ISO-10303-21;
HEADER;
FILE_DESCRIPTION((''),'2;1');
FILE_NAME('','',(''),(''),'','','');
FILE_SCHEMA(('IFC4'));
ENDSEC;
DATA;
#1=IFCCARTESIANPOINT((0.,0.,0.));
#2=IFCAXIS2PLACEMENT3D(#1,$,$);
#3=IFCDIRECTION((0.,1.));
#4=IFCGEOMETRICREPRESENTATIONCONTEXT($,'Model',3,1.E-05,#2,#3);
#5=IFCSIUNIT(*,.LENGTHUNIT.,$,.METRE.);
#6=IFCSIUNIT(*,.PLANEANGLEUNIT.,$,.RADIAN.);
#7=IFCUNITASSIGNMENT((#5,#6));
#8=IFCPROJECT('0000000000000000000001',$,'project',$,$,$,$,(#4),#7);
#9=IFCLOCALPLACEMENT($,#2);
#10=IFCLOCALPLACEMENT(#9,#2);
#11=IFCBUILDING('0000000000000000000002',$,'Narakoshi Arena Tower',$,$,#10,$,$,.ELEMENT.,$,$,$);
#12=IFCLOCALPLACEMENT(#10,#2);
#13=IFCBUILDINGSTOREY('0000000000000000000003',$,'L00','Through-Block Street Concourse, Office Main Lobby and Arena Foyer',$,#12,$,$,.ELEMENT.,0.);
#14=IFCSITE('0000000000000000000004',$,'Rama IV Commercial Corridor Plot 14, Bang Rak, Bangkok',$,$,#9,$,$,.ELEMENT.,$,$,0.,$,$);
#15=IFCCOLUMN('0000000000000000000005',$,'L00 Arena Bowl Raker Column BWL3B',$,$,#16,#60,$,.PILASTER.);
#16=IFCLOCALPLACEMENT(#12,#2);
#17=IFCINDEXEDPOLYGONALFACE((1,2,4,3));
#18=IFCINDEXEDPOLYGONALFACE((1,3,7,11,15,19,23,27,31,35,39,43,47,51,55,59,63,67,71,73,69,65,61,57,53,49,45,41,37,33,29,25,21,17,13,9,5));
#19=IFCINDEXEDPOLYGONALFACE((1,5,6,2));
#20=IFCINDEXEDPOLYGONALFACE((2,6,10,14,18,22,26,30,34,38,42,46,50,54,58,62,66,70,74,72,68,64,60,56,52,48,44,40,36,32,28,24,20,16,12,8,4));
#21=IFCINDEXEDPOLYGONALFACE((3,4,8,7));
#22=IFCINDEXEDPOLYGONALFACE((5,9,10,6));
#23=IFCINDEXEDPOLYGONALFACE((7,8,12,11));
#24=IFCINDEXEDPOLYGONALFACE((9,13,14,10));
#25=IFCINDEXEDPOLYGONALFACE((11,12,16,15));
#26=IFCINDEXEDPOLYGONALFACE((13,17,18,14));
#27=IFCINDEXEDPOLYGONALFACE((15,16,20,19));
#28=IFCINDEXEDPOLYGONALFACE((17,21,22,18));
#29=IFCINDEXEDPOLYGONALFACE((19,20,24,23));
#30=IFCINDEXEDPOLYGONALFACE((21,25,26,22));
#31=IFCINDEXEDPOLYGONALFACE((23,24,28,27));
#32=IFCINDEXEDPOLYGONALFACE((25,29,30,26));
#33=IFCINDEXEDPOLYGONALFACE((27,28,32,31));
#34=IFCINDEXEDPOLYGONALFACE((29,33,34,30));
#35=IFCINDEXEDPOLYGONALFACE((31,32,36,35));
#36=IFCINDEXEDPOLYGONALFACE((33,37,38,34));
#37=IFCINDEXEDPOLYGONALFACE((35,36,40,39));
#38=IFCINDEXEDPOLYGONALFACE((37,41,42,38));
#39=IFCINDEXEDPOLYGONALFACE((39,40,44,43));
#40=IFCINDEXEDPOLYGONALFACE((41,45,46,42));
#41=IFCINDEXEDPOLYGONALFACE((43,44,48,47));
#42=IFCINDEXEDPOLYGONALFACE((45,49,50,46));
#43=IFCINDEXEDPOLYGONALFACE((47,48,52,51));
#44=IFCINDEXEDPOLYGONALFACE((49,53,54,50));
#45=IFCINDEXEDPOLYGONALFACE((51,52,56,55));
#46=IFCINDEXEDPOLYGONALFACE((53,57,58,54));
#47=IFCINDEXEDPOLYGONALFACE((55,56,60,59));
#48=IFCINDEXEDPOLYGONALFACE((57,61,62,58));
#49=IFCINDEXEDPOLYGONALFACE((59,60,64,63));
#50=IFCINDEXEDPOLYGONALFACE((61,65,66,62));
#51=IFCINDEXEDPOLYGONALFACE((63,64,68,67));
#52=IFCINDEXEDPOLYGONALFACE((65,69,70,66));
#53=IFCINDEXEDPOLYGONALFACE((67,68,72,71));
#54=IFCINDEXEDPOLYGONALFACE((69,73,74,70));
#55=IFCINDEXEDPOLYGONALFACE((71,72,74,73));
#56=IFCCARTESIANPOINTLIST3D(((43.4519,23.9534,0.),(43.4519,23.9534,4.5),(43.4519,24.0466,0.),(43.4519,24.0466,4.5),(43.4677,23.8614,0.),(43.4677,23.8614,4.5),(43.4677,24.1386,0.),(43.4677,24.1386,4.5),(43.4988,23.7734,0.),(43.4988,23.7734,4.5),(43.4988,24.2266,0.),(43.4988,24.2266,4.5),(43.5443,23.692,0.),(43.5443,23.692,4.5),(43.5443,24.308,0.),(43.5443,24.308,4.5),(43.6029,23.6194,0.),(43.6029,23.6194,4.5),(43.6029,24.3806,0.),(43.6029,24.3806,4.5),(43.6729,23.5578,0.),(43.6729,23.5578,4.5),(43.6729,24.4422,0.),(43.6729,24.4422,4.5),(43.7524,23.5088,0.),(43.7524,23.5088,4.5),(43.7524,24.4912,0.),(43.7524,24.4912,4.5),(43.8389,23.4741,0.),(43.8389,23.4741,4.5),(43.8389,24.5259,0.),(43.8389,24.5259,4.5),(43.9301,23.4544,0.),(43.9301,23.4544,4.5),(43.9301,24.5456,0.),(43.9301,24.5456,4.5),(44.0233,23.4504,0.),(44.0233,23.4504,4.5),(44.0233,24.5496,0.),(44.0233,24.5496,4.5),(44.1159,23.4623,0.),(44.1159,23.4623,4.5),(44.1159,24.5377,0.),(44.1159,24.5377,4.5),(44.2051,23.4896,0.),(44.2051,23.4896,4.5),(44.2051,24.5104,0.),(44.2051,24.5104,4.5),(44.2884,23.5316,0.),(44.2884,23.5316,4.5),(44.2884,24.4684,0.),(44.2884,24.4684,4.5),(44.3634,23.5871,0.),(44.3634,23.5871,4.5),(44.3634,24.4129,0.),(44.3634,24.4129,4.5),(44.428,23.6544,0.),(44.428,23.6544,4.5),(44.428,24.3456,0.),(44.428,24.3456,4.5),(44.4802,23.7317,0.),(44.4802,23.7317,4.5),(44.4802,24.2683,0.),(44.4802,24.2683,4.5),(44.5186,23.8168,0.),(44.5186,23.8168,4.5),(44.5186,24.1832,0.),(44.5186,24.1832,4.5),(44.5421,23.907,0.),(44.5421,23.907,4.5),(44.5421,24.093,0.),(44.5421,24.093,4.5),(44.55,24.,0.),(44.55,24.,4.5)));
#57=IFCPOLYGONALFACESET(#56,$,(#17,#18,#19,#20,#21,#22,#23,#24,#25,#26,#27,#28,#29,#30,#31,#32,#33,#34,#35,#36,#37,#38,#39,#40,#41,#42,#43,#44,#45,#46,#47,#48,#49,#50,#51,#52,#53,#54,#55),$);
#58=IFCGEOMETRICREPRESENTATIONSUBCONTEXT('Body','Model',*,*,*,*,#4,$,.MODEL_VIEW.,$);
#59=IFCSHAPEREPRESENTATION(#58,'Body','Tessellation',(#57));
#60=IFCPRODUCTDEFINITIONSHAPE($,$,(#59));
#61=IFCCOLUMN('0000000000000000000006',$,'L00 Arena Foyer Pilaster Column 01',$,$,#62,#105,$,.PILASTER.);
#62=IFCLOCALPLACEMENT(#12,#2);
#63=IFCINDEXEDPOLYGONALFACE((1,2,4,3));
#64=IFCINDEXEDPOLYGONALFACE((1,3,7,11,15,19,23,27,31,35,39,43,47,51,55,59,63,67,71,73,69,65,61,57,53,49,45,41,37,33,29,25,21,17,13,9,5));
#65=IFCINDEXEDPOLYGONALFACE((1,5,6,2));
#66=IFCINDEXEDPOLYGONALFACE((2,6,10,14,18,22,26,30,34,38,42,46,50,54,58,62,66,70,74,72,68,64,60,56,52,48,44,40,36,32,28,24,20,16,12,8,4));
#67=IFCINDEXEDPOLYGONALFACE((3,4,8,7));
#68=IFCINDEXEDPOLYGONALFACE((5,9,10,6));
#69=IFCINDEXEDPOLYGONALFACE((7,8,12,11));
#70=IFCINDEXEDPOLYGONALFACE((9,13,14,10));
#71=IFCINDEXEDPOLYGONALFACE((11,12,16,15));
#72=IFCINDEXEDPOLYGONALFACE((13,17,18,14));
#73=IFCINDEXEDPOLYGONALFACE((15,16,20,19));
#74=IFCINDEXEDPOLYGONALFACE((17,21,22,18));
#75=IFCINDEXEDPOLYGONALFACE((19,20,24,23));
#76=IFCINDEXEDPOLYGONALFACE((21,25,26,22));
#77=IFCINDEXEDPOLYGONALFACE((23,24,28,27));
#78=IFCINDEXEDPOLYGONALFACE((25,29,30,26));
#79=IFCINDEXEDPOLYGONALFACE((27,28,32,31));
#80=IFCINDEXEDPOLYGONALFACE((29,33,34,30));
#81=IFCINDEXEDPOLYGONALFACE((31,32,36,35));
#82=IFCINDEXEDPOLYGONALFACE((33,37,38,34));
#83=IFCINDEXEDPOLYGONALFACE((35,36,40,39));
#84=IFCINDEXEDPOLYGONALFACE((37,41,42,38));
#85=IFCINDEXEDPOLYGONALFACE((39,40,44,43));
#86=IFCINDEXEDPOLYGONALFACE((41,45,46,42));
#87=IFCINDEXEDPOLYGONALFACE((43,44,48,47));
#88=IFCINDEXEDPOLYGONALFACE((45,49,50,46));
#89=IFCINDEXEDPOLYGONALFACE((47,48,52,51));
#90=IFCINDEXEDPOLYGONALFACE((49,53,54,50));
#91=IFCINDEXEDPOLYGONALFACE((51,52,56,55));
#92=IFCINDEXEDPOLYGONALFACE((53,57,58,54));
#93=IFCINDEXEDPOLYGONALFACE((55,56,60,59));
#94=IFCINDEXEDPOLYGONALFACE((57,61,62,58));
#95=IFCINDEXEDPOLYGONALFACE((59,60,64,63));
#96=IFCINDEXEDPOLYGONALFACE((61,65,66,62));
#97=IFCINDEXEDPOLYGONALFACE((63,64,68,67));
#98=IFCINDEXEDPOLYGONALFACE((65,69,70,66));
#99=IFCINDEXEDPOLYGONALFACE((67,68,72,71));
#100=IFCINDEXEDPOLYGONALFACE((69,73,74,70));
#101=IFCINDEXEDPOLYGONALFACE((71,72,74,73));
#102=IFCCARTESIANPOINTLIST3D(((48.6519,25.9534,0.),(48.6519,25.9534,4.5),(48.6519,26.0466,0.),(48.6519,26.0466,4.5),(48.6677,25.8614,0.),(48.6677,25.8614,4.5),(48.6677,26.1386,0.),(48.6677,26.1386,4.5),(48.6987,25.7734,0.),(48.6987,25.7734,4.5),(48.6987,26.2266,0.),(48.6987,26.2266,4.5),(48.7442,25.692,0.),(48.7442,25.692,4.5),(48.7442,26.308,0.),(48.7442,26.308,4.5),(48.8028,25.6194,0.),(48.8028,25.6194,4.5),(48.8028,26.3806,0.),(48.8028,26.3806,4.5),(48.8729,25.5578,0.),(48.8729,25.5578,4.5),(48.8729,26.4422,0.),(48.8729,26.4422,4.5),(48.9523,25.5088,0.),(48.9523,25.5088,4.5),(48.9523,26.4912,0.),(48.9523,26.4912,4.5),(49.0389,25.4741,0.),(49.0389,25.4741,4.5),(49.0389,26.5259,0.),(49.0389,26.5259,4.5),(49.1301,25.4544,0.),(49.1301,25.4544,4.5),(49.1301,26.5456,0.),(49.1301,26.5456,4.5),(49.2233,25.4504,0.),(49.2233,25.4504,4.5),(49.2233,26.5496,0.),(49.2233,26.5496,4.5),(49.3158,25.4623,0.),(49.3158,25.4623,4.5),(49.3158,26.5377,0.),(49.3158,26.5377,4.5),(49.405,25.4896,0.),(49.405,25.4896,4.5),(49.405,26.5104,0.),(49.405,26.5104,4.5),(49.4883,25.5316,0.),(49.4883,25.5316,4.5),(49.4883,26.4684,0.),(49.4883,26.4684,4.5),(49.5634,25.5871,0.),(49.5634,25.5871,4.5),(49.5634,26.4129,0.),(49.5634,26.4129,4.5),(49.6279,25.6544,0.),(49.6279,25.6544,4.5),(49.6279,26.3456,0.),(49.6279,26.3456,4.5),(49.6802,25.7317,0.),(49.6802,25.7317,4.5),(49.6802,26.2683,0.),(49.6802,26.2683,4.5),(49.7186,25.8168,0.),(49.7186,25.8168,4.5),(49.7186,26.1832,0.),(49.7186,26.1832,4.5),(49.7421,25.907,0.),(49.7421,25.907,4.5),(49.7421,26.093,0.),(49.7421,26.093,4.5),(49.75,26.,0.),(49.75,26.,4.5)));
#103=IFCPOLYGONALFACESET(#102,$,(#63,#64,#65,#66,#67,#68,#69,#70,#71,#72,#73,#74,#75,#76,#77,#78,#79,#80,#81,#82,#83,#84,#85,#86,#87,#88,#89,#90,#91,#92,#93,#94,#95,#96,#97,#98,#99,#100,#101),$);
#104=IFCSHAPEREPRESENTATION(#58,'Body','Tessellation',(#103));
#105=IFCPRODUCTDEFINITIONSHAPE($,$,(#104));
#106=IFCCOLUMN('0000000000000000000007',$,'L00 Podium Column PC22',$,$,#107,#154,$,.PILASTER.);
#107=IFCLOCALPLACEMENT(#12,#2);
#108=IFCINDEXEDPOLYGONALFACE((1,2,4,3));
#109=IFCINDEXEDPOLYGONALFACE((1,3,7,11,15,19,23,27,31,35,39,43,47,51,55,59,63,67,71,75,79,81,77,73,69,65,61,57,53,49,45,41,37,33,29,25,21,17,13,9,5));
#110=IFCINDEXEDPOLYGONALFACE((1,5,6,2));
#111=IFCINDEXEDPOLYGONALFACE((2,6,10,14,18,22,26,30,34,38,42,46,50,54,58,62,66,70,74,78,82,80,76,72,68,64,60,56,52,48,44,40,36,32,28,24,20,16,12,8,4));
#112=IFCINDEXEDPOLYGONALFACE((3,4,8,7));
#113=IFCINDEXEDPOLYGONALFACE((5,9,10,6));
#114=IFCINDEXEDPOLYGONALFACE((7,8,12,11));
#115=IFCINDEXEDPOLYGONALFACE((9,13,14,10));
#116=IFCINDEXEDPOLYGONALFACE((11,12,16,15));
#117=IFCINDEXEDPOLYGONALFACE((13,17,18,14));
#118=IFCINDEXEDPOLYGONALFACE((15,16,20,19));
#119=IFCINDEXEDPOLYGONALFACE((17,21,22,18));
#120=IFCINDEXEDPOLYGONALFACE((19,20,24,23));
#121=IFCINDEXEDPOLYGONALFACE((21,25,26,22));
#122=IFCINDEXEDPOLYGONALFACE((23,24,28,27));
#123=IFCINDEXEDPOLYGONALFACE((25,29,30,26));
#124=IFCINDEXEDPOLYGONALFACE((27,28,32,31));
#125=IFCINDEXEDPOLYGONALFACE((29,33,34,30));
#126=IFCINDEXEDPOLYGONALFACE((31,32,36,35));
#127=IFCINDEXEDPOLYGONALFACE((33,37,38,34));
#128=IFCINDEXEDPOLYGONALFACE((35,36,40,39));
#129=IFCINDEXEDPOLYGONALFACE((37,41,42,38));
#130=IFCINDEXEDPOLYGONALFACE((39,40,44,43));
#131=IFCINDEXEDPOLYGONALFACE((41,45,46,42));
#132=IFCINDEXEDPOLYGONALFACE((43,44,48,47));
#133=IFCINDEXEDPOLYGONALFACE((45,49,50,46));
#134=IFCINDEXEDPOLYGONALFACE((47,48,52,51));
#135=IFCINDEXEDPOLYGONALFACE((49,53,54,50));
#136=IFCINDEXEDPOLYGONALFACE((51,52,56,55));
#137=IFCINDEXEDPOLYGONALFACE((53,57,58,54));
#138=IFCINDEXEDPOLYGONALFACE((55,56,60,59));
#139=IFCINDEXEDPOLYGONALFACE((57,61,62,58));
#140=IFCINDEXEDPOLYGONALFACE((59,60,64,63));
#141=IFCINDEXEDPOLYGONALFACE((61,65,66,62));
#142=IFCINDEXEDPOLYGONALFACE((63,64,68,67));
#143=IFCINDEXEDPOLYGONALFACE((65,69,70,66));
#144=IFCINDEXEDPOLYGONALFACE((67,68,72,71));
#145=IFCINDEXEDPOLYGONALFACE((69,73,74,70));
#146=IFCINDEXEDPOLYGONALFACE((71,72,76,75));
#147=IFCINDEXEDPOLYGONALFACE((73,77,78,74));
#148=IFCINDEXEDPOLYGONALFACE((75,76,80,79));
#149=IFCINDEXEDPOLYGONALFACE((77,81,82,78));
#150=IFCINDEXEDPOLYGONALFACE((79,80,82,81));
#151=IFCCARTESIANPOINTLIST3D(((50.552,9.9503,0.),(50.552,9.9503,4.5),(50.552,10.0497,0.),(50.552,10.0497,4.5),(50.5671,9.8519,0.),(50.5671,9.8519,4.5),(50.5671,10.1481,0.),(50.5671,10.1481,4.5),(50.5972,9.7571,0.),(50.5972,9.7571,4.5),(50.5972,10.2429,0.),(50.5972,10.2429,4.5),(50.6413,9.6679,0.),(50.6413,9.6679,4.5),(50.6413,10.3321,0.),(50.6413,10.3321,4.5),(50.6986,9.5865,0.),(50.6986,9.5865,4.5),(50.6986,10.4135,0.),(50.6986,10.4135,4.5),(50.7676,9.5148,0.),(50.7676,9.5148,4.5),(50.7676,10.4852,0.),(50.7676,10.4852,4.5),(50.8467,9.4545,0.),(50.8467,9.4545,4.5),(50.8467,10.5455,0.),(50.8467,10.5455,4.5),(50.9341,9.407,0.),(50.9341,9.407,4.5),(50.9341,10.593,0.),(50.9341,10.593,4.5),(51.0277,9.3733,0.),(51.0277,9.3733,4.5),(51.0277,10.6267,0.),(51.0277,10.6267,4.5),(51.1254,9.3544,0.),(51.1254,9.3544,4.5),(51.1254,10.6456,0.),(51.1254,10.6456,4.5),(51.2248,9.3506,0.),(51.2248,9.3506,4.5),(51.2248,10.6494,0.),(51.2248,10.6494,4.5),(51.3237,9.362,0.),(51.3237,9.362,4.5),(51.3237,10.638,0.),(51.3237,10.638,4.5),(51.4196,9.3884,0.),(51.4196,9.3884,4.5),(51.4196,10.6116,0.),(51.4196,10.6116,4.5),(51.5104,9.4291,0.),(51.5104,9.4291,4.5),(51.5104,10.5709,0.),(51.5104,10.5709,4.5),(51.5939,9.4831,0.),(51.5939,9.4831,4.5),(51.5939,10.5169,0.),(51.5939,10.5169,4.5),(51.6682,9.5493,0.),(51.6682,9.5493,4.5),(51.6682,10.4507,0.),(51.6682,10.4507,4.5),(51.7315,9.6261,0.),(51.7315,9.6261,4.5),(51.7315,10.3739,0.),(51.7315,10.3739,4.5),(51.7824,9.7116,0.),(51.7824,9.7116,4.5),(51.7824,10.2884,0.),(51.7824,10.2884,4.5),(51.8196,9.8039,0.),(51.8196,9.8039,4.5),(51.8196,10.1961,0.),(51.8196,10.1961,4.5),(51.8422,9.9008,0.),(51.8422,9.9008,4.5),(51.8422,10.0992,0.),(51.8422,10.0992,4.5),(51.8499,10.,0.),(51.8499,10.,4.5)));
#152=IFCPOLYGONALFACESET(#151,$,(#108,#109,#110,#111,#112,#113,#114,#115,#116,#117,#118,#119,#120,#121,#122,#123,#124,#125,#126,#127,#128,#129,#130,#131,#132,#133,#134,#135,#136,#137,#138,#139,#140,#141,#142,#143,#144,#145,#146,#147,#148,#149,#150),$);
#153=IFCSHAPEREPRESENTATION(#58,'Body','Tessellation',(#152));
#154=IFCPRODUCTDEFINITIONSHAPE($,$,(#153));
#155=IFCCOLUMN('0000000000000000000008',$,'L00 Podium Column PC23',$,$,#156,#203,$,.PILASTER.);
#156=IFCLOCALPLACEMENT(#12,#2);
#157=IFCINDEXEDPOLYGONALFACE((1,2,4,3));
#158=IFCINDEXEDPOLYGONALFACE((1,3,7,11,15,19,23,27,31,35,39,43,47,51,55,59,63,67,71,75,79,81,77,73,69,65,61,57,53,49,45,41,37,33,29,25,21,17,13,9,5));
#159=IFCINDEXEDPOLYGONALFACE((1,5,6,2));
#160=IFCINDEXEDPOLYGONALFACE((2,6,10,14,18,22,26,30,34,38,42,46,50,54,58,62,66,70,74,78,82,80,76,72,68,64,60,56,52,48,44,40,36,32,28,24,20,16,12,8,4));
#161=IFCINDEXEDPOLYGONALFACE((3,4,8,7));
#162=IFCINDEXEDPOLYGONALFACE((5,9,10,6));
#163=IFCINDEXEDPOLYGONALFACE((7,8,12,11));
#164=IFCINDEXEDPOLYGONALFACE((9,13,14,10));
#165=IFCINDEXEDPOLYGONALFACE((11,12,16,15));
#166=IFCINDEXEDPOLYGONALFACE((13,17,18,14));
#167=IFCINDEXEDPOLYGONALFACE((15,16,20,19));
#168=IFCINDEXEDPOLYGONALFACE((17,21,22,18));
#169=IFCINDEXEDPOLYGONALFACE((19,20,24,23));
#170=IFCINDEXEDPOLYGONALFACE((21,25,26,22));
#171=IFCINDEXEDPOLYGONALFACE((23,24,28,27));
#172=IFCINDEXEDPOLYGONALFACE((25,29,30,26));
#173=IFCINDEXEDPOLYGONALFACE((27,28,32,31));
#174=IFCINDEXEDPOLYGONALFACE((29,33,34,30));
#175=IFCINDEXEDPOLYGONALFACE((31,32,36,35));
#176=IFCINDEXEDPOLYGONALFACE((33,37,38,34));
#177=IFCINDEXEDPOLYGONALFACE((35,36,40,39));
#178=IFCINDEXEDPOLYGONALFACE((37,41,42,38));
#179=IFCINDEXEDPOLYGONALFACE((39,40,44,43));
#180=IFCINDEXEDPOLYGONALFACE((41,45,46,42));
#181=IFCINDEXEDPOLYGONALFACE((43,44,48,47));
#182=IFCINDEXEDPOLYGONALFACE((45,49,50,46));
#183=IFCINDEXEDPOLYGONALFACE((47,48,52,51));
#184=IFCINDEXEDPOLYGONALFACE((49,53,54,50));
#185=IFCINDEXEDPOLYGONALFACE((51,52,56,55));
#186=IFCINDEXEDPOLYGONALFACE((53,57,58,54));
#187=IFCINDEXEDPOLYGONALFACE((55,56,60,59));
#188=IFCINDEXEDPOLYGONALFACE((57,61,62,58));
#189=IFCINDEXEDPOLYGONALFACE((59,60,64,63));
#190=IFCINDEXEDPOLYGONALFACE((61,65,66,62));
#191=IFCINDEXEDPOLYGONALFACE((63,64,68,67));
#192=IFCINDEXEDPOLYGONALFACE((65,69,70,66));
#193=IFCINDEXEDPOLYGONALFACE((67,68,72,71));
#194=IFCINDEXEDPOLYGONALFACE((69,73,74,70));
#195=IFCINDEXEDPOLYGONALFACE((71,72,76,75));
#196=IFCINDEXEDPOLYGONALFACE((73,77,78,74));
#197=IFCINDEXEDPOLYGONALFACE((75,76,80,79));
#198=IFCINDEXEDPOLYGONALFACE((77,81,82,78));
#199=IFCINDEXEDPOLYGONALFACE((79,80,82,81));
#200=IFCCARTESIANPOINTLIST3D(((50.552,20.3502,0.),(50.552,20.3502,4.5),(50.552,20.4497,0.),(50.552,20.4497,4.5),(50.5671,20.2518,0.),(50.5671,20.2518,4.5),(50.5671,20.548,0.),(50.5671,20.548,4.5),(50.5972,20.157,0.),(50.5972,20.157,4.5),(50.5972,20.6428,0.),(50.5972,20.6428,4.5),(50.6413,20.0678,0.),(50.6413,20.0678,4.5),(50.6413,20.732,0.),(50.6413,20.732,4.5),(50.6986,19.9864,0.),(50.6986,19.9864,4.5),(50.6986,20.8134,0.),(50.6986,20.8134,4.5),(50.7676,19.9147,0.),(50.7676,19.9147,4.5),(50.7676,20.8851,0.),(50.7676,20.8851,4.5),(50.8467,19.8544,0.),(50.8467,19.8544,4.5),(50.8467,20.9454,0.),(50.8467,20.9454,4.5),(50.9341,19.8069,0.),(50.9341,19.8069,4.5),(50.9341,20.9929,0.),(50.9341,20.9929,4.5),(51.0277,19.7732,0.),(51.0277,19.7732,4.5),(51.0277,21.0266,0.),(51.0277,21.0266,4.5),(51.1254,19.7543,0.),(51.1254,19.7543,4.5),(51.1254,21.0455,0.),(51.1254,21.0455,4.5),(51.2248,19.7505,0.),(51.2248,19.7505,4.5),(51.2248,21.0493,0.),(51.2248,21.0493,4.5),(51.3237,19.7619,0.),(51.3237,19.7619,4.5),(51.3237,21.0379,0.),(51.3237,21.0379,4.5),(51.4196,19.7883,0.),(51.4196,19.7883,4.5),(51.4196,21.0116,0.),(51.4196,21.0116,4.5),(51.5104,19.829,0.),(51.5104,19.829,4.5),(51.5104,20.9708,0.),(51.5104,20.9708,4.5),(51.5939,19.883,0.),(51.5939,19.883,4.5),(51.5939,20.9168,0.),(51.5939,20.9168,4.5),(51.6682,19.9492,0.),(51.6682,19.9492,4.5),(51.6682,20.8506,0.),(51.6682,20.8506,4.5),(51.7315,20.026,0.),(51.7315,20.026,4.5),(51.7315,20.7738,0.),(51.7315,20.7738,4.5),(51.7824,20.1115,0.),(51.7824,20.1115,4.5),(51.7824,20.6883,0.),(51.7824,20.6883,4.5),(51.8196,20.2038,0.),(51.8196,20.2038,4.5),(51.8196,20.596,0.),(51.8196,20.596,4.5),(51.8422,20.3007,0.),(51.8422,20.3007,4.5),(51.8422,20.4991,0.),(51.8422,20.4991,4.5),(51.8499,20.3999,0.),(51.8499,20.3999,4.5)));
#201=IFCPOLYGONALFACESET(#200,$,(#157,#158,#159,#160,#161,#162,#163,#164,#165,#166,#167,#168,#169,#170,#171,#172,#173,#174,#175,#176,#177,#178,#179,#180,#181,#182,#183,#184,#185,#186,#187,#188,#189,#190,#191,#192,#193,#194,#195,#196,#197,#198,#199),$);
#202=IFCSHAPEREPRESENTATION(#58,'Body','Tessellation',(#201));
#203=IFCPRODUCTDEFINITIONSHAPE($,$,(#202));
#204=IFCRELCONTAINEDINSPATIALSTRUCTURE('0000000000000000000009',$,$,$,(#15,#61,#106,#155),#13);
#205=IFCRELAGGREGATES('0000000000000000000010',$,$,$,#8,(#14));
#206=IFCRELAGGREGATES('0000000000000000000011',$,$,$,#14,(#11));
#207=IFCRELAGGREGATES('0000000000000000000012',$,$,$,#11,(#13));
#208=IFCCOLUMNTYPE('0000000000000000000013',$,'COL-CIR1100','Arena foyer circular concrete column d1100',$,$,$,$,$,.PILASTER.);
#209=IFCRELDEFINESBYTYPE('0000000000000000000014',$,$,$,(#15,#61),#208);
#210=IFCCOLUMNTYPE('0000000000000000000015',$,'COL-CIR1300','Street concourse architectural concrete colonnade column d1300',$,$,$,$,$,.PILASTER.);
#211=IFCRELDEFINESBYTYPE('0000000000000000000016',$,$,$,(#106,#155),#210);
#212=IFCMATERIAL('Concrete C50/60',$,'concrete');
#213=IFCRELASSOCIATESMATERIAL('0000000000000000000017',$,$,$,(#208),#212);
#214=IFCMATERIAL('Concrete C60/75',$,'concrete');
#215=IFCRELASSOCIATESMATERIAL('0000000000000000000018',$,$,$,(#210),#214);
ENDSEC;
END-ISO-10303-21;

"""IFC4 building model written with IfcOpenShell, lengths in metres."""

from ifc_helpers import new_model, si_unit, direction, frame, origin, origin_2d, place, context, subcontext, project, spatial, circle, extrude, material, material_profile, profile_set, type_object, element, save


model = new_model("IFC4")

# Units and contexts
model_context = context("Model", 3, precision=1e-05, world=origin(), true_north=direction((0.0, 1.0)))
body_context = subcontext(model_context, "Body", "Model", "MODEL_VIEW")
ifc_project = project(units=[si_unit("LENGTHUNIT", "METRE"), si_unit("PLANEANGLEUNIT", "RADIAN")], contexts=[model_context])

# Site, building, storey
site_placement = place(None, origin())
site = spatial("IfcSite", under=ifc_project, at=site_placement, Name="Rama IV Commercial Corridor Plot 14, Bang Rak, Bangkok", CompositionType="ELEMENT", RefElevation=0.0)
building_placement = place(site_placement, origin())
building = spatial("IfcBuilding", under=site, at=building_placement, Name="Narakoshi Arena Tower", CompositionType="ELEMENT")
storey_placement = place(building_placement, origin())
storey = spatial("IfcBuildingStorey", under=building, at=storey_placement, Name="L00", Description="Through-Block Street Concourse, Office Main Lobby and Arena Foyer", CompositionType="ELEMENT", Elevation=0.0)

# Columns
ifc_material_1 = material(Name="Concrete C50/60", Category="concrete")
ifc_material_profile_1 = material_profile(ifc_material_1, circle(Radius=0.55, at=origin_2d()), Name="RCC1100")
ifc_profile_set_1 = profile_set([ifc_material_profile_1], Name="Concrete C50/60")
column_type_1 = type_object("IfcColumnType", Name="COL-CIR1100", Description="Arena foyer circular concrete column d1100", PredefinedType="PILASTER", material=ifc_profile_set_1)
for number, where, z_axis, x_axis, name in (
    (1, (44.0, 24.0, 0.0), (0.0, 0.0, 1.0), (1.0, 0.0, 0.0), "L00 Arena Bowl Raker Column BWL3B"),
    (2, (49.2, 26.0, 0.0), (0.0, 0.0, 1.0), (1.0, 0.0, 0.0), "L00 Arena Foyer Pilaster Column 01"),
):
    element("IfcColumn", number, at=place(storey_placement, frame(where, z_axis=z_axis, x_axis=x_axis)), inside=storey, type_object=column_type_1, Name=name, PredefinedType="PILASTER", context=body_context, shape_type="SweptSolid", body=[
        extrude(circle(Radius=0.55, at=origin_2d()), origin(), (0.0, 0.0, 1.0), 4.5),
    ])
ifc_material_2 = material(Name="Concrete C60/75", Category="concrete")
ifc_material_profile_2 = material_profile(ifc_material_2, circle(Radius=0.6499, at=origin_2d()), Name="RCC1300")
ifc_profile_set_2 = profile_set([ifc_material_profile_2], Name="Concrete C60/75")
column_type_2 = type_object("IfcColumnType", Name="COL-CIR1300", Description="Street concourse architectural concrete colonnade column d1300", PredefinedType="PILASTER", material=ifc_profile_set_2)
for number, where, z_axis, x_axis, name in (
    (3, (51.2, 10.0, 0.0), (0.0, 0.0, 1.0), (1.0, 0.0, 0.0), "L00 Podium Column PC22"),
    (4, (51.2, 20.3999, 0.0), (0.0, 0.0, 1.0), (1.0, 0.0, 0.0), "L00 Podium Column PC23"),
):
    element("IfcColumn", number, at=place(storey_placement, frame(where, z_axis=z_axis, x_axis=x_axis)), inside=storey, type_object=column_type_2, Name=name, PredefinedType="PILASTER", context=body_context, shape_type="SweptSolid", body=[
        extrude(circle(Radius=0.6499, at=origin_2d()), origin(), (0.0, 0.0, 1.0), 4.5),
    ])

save(model, "model.ifc")
